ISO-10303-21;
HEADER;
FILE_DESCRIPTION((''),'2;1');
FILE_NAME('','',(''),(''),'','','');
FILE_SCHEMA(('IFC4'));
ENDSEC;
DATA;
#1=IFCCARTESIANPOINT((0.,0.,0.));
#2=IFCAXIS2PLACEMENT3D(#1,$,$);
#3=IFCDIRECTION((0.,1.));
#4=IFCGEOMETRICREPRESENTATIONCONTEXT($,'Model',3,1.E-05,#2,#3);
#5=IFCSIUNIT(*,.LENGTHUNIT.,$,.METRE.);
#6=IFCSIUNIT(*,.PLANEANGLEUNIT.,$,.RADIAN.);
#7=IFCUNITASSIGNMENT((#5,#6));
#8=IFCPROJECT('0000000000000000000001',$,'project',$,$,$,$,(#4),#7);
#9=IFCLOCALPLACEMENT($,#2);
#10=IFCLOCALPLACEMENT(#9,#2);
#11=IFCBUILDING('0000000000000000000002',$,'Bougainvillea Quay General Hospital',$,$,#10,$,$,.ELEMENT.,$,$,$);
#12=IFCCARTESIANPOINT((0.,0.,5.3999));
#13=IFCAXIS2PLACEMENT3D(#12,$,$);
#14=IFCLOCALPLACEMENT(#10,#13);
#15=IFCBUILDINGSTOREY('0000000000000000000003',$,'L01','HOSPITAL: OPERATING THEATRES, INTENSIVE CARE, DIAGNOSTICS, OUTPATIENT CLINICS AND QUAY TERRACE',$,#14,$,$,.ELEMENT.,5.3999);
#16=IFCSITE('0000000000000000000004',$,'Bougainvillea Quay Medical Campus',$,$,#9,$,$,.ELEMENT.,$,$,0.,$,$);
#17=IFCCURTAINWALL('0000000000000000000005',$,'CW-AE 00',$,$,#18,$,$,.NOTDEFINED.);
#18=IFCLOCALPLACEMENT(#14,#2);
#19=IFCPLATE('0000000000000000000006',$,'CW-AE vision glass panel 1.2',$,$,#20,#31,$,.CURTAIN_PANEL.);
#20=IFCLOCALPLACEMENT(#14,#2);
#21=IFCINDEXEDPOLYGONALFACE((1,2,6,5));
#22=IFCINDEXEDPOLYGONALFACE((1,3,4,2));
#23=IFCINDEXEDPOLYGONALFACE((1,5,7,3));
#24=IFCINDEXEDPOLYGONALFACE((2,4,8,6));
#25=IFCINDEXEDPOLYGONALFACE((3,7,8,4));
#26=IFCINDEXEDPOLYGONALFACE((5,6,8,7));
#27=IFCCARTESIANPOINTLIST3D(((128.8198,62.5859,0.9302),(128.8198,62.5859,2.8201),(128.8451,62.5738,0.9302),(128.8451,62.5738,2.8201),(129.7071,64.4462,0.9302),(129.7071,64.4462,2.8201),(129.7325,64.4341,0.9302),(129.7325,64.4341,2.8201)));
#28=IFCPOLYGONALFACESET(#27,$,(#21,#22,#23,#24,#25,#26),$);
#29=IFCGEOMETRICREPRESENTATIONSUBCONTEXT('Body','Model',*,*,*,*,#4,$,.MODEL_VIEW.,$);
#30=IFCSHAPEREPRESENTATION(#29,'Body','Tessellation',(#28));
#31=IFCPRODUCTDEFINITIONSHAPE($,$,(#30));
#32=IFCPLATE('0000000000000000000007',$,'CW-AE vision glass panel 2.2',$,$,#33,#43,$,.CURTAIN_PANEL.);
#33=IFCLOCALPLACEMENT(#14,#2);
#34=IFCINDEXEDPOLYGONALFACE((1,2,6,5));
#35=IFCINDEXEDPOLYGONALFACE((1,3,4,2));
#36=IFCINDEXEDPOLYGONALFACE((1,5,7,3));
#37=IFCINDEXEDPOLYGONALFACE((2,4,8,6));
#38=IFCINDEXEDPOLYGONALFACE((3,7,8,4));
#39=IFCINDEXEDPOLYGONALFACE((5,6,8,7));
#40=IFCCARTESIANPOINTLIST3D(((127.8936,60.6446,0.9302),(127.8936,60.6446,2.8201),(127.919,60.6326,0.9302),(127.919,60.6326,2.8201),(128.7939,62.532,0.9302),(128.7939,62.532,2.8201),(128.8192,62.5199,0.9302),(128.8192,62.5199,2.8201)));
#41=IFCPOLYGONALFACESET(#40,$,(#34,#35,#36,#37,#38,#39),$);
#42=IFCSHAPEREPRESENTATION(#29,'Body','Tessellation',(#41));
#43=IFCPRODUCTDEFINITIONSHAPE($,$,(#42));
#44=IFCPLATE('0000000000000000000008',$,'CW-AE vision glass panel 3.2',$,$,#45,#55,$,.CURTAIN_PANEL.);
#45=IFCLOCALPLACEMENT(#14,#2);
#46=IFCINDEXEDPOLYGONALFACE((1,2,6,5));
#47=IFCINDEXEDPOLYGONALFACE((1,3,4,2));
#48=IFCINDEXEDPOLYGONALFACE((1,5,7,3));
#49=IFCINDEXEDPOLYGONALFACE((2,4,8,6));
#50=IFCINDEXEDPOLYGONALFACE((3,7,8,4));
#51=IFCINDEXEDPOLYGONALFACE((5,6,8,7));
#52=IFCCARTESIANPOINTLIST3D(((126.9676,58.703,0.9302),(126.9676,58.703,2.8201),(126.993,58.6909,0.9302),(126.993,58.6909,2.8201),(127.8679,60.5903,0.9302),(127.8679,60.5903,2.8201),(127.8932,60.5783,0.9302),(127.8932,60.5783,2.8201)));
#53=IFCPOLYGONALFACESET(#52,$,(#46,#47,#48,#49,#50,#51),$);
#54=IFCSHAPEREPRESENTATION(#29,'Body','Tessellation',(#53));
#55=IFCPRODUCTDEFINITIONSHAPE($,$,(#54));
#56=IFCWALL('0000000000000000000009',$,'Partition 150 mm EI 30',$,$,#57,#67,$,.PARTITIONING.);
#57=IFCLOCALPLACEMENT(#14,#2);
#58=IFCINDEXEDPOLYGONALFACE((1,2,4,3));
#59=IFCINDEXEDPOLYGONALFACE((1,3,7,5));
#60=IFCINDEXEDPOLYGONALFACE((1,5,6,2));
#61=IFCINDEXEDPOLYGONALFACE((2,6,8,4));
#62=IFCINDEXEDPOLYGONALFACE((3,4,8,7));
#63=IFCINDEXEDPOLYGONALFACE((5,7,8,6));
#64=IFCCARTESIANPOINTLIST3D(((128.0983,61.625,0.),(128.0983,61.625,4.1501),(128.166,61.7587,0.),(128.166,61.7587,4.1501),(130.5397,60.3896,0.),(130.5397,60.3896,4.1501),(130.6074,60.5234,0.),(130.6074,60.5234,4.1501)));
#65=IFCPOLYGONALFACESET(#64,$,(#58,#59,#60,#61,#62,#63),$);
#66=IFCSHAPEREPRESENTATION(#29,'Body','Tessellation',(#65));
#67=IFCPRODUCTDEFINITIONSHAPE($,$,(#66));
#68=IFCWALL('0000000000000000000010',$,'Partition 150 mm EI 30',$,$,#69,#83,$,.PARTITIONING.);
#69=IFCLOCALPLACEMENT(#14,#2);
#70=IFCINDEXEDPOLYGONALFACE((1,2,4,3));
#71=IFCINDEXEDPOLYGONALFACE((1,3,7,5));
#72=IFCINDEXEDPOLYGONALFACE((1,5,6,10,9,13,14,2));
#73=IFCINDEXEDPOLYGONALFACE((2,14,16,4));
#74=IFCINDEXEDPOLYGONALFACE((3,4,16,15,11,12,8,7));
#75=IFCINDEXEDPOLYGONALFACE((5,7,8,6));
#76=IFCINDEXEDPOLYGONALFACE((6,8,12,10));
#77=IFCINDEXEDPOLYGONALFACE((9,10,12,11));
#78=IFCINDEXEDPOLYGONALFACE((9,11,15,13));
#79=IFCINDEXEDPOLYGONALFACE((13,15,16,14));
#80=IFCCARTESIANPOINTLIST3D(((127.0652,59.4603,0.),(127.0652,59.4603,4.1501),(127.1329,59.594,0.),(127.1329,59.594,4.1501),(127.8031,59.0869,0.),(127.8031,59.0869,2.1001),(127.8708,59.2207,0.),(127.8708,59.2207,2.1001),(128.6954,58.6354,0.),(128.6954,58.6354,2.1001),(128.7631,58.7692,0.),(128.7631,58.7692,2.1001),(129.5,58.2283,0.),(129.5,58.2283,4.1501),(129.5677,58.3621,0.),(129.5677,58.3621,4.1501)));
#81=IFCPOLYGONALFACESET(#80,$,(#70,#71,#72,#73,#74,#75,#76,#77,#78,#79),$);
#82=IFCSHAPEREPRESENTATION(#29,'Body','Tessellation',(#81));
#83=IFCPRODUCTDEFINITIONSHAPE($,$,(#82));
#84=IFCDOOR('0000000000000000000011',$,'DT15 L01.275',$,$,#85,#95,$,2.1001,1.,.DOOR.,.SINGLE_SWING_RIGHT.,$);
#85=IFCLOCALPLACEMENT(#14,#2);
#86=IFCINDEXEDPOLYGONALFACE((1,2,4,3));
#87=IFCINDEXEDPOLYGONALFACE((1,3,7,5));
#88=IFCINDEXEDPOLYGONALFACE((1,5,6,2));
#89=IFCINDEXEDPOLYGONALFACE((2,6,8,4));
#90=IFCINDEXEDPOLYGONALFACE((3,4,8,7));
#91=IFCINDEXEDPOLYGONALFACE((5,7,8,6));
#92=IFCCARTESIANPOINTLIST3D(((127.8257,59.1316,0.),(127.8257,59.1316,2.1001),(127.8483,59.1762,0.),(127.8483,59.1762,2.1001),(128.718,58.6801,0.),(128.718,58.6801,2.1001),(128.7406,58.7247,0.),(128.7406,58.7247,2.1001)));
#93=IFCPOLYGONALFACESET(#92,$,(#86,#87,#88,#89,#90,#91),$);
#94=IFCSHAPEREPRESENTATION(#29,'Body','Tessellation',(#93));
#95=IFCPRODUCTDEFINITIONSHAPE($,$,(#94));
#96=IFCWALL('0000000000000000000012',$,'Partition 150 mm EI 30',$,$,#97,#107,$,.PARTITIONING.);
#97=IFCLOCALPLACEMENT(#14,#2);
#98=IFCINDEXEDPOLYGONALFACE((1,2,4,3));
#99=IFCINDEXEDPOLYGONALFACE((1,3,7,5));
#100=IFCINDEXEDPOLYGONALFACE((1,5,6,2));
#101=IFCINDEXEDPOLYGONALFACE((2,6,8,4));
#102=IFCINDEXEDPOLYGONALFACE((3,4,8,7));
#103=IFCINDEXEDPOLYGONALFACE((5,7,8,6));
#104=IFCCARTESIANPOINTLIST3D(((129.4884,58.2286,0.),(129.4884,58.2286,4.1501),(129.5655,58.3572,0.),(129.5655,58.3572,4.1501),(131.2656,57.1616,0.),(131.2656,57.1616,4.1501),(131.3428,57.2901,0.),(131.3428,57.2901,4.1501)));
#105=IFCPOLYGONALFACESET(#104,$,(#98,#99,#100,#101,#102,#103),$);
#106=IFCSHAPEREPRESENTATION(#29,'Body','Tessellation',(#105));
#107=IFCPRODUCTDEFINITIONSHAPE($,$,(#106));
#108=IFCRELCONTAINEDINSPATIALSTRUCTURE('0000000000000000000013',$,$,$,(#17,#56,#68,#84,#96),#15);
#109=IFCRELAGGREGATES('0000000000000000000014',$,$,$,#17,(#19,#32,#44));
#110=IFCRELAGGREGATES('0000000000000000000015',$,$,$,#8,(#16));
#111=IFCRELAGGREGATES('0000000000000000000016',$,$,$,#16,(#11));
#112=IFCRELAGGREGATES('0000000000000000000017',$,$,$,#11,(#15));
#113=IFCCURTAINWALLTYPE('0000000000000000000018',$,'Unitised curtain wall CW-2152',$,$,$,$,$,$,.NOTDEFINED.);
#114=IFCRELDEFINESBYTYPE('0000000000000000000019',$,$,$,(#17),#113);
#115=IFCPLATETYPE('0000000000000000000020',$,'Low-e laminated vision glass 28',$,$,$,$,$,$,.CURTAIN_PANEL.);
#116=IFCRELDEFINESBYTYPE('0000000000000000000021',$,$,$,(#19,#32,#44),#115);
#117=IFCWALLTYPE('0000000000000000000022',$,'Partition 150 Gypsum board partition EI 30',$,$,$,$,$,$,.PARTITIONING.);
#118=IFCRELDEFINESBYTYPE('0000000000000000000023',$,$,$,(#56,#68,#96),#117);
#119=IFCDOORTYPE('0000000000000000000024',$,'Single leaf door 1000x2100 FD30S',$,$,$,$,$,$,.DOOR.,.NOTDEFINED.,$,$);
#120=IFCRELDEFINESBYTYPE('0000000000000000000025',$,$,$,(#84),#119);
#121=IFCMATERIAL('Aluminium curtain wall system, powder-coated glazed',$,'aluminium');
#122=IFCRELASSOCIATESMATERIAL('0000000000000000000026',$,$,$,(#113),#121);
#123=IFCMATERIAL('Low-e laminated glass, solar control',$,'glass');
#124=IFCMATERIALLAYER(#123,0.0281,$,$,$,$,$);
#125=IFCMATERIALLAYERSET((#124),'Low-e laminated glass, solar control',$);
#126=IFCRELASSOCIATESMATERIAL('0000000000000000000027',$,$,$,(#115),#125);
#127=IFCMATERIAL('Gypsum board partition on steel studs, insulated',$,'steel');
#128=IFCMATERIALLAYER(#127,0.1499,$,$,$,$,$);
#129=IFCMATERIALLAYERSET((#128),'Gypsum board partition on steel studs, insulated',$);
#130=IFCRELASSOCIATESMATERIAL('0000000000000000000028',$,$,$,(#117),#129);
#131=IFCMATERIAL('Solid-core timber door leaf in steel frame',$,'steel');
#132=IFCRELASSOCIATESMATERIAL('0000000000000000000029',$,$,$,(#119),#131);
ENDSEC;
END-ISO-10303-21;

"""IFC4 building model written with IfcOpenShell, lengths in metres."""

from ifc_helpers import new_model, si_unit, direction, frame, frame_2d, origin, origin_2d, place, context, subcontext, project, spatial, rectangle, extrude, material, layer, layer_set, type_object, element, fill, aggregate, save


model = new_model("IFC4")

# Units and contexts
model_context = context("Model", 3, precision=1e-05, world=origin(), true_north=direction((0.0, 1.0)))
body_context = subcontext(model_context, "Body", "Model", "MODEL_VIEW")
ifc_project = project(units=[si_unit("LENGTHUNIT", "METRE"), si_unit("PLANEANGLEUNIT", "RADIAN")], contexts=[model_context])

# Site, building, storey
site_placement = place(None, origin())
site = spatial("IfcSite", under=ifc_project, at=site_placement, Name="Bougainvillea Quay Medical Campus", CompositionType="ELEMENT", RefElevation=0.0)
building_placement = place(site_placement, origin())
building = spatial("IfcBuilding", under=site, at=building_placement, Name="Bougainvillea Quay General Hospital", CompositionType="ELEMENT")
storey_placement = place(building_placement, frame((0.0, 0.0, 5.3999)))
storey = spatial("IfcBuildingStorey", under=building, at=storey_placement, Name="L01", Description="HOSPITAL: OPERATING THEATRES, INTENSIVE CARE, DIAGNOSTICS, OUTPATIENT CLINICS AND QUAY TERRACE", CompositionType="ELEMENT", Elevation=5.3999)

# Curtain wall
ifc_material_1 = material(Name="Aluminium curtain wall system, powder-coated glazed", Category="aluminium")
curtain_wall_type_1 = type_object("IfcCurtainWallType", Name="Unitised curtain wall CW-2152", PredefinedType="NOTDEFINED", material=ifc_material_1)
curtain_wall_1_placement = place(storey_placement, origin())
curtain_wall_1 = element("IfcCurtainWall", 1, at=curtain_wall_1_placement, inside=storey, type_object=curtain_wall_type_1, Name="CW-AE 00", PredefinedType="NOTDEFINED")

# Plates
ifc_material_2 = material(Name="Low-e laminated glass, solar control", Category="glass")
ifc_layer_1 = layer(ifc_material_2, 0.0281)
ifc_layer_set_1 = layer_set([ifc_layer_1], Name="Low-e laminated glass, solar control")
plate_type_1 = type_object("IfcPlateType", Name="Low-e laminated vision glass 28", PredefinedType="CURTAIN_PANEL", material=ifc_layer_set_1)
plate_1_placement = place(storey_placement, frame((129.2761, 63.51, 0.9302), z_axis=(0.0, 0.0, 1.0), x_axis=(-0.43053, -0.902576, 0.0)))
plate_1 = element("IfcPlate", 2, at=plate_1_placement, type_object=plate_type_1, Name="CW-AE vision glass panel 1.2", PredefinedType="CURTAIN_PANEL", context=body_context, shape_type="SweptSolid", body=[
    extrude(rectangle(XDim=2.061, YDim=0.0281, at=origin_2d()), origin(), (0.0, 0.0, 1.0), 1.8899),
])
plate_2_placement = place(storey_placement, frame((128.3564, 61.5823, 0.9302), z_axis=(0.0, 0.0, 1.0), x_axis=(-0.43053, -0.902576, 0.0)))
plate_2 = element("IfcPlate", 3, at=plate_2_placement, type_object=plate_type_1, Name="CW-AE vision glass panel 2.2", PredefinedType="CURTAIN_PANEL", context=body_context, shape_type="SweptSolid", body=[
    extrude(rectangle(XDim=2.0911, YDim=0.0281, at=origin_2d()), origin(), (0.0, 0.0, 1.0), 1.8899),
])
plate_3_placement = place(storey_placement, frame((127.4304, 59.6406, 0.9302), z_axis=(0.0, 0.0, 1.0), x_axis=(-0.43053, -0.902576, 0.0)))
plate_3 = element("IfcPlate", 4, at=plate_3_placement, type_object=plate_type_1, Name="CW-AE vision glass panel 3.2", PredefinedType="CURTAIN_PANEL", context=body_context, shape_type="SweptSolid", body=[
    extrude(rectangle(XDim=2.0911, YDim=0.0281, at=origin_2d()), origin(), (0.0, 0.0, 1.0), 1.8899),
])
aggregate(curtain_wall_1, [plate_1, plate_2, plate_3])

# Wall
ifc_material_3 = material(Name="Gypsum board partition on steel studs, insulated", Category="steel")
ifc_layer_2 = layer(ifc_material_3, 0.1499)
ifc_layer_set_2 = layer_set([ifc_layer_2], Name="Gypsum board partition on steel studs, insulated")
wall_type = type_object("IfcWallType", Name="Partition 150 Gypsum board partition EI 30", PredefinedType="PARTITIONING", material=ifc_layer_set_2)
wall_1_placement = place(storey_placement, frame((128.1321, 61.6919, 0.0), z_axis=(0.0, 0.0, 1.0), x_axis=(0.892275, -0.451491, 0.0)))
element("IfcWall", 5, at=wall_1_placement, inside=storey, type_object=wall_type, Name="Partition 150 mm EI 30", PredefinedType="PARTITIONING", context=body_context, shape_type="SweptSolid", body=[
    extrude(rectangle(XDim=2.7361, YDim=0.1499, at=frame_2d((1.3682, 0.0))), origin(), (0.0, 0.0, 1.0), 4.1501),
])

# Wall, opening, door
wall_2_placement = place(storey_placement, frame((127.0991, 59.5271, 0.0), z_axis=(0.0, 0.0, 1.0), x_axis=(0.892288, -0.451467, 0.0)))
wall_2 = element("IfcWall", 6, at=wall_2_placement, inside=storey, type_object=wall_type, Name="Partition 150 mm EI 30", PredefinedType="PARTITIONING", context=body_context, shape_type="SweptSolid", body=[
    extrude(rectangle(XDim=2.7288, YDim=0.1499, at=frame_2d((1.3643, 0.0))), origin(), (0.0, 0.0, 1.0), 4.1501),
])
opening_placement = place(wall_2_placement, frame((0.8269, 0.0, 0.0)))
opening = element("IfcOpeningElement", 7, at=opening_placement, cuts=wall_2, PredefinedType="OPENING", context=body_context, shape_type="SweptSolid", body=[
    extrude(rectangle(XDim=1.0, YDim=2.1001, at=frame_2d((0.5, 1.05))), frame((0.0, 0.085, 0.0), z_axis=(0.0, -1.0, 0.0), x_axis=(1.0, 0.0, 0.0)), (0.0, 0.0, 1.0), 0.1699),
])
ifc_material_4 = material(Name="Solid-core timber door leaf in steel frame", Category="steel")
door_type = type_object("IfcDoorType", Name="Single leaf door 1000x2100 FD30S", OperationType="NOTDEFINED", PredefinedType="DOOR", material=ifc_material_4)
door_placement = place(opening_placement, frame((1.0, 0.0, 0.0), z_axis=(0.0, 0.0, 1.0), x_axis=(-1.0, 0.0, 0.0)))
door = element("IfcDoor", 8, at=door_placement, inside=storey, type_object=door_type, Name="DT15 L01.275", OperationType="SINGLE_SWING_RIGHT", OverallHeight=2.1001, OverallWidth=1.0, PredefinedType="DOOR", context=body_context, shape_type="SweptSolid", body=[
    extrude(rectangle(XDim=1.0, YDim=2.1001, at=frame_2d((0.5, 1.05))), frame((0.0, 0.0249, 0.0), z_axis=(0.0, -1.0, 0.0), x_axis=(1.0, 0.0, 0.0)), (0.0, 0.0, 1.0), 0.05),
])
fill(opening, door)

# Wall
wall_3_placement = place(storey_placement, frame((129.5269, 58.293, 0.0), z_axis=(0.0, 0.0, 1.0), x_axis=(0.857337, -0.514756, 0.0)))
element("IfcWall", 9, at=wall_3_placement, inside=storey, type_object=wall_type, Name="Partition 150 mm EI 30", PredefinedType="PARTITIONING", context=body_context, shape_type="SweptSolid", body=[
    extrude(rectangle(XDim=2.073, YDim=0.1499, at=frame_2d((1.0366, 0.0))), origin(), (0.0, 0.0, 1.0), 4.1501),
])

save(model, "model.ifc")
